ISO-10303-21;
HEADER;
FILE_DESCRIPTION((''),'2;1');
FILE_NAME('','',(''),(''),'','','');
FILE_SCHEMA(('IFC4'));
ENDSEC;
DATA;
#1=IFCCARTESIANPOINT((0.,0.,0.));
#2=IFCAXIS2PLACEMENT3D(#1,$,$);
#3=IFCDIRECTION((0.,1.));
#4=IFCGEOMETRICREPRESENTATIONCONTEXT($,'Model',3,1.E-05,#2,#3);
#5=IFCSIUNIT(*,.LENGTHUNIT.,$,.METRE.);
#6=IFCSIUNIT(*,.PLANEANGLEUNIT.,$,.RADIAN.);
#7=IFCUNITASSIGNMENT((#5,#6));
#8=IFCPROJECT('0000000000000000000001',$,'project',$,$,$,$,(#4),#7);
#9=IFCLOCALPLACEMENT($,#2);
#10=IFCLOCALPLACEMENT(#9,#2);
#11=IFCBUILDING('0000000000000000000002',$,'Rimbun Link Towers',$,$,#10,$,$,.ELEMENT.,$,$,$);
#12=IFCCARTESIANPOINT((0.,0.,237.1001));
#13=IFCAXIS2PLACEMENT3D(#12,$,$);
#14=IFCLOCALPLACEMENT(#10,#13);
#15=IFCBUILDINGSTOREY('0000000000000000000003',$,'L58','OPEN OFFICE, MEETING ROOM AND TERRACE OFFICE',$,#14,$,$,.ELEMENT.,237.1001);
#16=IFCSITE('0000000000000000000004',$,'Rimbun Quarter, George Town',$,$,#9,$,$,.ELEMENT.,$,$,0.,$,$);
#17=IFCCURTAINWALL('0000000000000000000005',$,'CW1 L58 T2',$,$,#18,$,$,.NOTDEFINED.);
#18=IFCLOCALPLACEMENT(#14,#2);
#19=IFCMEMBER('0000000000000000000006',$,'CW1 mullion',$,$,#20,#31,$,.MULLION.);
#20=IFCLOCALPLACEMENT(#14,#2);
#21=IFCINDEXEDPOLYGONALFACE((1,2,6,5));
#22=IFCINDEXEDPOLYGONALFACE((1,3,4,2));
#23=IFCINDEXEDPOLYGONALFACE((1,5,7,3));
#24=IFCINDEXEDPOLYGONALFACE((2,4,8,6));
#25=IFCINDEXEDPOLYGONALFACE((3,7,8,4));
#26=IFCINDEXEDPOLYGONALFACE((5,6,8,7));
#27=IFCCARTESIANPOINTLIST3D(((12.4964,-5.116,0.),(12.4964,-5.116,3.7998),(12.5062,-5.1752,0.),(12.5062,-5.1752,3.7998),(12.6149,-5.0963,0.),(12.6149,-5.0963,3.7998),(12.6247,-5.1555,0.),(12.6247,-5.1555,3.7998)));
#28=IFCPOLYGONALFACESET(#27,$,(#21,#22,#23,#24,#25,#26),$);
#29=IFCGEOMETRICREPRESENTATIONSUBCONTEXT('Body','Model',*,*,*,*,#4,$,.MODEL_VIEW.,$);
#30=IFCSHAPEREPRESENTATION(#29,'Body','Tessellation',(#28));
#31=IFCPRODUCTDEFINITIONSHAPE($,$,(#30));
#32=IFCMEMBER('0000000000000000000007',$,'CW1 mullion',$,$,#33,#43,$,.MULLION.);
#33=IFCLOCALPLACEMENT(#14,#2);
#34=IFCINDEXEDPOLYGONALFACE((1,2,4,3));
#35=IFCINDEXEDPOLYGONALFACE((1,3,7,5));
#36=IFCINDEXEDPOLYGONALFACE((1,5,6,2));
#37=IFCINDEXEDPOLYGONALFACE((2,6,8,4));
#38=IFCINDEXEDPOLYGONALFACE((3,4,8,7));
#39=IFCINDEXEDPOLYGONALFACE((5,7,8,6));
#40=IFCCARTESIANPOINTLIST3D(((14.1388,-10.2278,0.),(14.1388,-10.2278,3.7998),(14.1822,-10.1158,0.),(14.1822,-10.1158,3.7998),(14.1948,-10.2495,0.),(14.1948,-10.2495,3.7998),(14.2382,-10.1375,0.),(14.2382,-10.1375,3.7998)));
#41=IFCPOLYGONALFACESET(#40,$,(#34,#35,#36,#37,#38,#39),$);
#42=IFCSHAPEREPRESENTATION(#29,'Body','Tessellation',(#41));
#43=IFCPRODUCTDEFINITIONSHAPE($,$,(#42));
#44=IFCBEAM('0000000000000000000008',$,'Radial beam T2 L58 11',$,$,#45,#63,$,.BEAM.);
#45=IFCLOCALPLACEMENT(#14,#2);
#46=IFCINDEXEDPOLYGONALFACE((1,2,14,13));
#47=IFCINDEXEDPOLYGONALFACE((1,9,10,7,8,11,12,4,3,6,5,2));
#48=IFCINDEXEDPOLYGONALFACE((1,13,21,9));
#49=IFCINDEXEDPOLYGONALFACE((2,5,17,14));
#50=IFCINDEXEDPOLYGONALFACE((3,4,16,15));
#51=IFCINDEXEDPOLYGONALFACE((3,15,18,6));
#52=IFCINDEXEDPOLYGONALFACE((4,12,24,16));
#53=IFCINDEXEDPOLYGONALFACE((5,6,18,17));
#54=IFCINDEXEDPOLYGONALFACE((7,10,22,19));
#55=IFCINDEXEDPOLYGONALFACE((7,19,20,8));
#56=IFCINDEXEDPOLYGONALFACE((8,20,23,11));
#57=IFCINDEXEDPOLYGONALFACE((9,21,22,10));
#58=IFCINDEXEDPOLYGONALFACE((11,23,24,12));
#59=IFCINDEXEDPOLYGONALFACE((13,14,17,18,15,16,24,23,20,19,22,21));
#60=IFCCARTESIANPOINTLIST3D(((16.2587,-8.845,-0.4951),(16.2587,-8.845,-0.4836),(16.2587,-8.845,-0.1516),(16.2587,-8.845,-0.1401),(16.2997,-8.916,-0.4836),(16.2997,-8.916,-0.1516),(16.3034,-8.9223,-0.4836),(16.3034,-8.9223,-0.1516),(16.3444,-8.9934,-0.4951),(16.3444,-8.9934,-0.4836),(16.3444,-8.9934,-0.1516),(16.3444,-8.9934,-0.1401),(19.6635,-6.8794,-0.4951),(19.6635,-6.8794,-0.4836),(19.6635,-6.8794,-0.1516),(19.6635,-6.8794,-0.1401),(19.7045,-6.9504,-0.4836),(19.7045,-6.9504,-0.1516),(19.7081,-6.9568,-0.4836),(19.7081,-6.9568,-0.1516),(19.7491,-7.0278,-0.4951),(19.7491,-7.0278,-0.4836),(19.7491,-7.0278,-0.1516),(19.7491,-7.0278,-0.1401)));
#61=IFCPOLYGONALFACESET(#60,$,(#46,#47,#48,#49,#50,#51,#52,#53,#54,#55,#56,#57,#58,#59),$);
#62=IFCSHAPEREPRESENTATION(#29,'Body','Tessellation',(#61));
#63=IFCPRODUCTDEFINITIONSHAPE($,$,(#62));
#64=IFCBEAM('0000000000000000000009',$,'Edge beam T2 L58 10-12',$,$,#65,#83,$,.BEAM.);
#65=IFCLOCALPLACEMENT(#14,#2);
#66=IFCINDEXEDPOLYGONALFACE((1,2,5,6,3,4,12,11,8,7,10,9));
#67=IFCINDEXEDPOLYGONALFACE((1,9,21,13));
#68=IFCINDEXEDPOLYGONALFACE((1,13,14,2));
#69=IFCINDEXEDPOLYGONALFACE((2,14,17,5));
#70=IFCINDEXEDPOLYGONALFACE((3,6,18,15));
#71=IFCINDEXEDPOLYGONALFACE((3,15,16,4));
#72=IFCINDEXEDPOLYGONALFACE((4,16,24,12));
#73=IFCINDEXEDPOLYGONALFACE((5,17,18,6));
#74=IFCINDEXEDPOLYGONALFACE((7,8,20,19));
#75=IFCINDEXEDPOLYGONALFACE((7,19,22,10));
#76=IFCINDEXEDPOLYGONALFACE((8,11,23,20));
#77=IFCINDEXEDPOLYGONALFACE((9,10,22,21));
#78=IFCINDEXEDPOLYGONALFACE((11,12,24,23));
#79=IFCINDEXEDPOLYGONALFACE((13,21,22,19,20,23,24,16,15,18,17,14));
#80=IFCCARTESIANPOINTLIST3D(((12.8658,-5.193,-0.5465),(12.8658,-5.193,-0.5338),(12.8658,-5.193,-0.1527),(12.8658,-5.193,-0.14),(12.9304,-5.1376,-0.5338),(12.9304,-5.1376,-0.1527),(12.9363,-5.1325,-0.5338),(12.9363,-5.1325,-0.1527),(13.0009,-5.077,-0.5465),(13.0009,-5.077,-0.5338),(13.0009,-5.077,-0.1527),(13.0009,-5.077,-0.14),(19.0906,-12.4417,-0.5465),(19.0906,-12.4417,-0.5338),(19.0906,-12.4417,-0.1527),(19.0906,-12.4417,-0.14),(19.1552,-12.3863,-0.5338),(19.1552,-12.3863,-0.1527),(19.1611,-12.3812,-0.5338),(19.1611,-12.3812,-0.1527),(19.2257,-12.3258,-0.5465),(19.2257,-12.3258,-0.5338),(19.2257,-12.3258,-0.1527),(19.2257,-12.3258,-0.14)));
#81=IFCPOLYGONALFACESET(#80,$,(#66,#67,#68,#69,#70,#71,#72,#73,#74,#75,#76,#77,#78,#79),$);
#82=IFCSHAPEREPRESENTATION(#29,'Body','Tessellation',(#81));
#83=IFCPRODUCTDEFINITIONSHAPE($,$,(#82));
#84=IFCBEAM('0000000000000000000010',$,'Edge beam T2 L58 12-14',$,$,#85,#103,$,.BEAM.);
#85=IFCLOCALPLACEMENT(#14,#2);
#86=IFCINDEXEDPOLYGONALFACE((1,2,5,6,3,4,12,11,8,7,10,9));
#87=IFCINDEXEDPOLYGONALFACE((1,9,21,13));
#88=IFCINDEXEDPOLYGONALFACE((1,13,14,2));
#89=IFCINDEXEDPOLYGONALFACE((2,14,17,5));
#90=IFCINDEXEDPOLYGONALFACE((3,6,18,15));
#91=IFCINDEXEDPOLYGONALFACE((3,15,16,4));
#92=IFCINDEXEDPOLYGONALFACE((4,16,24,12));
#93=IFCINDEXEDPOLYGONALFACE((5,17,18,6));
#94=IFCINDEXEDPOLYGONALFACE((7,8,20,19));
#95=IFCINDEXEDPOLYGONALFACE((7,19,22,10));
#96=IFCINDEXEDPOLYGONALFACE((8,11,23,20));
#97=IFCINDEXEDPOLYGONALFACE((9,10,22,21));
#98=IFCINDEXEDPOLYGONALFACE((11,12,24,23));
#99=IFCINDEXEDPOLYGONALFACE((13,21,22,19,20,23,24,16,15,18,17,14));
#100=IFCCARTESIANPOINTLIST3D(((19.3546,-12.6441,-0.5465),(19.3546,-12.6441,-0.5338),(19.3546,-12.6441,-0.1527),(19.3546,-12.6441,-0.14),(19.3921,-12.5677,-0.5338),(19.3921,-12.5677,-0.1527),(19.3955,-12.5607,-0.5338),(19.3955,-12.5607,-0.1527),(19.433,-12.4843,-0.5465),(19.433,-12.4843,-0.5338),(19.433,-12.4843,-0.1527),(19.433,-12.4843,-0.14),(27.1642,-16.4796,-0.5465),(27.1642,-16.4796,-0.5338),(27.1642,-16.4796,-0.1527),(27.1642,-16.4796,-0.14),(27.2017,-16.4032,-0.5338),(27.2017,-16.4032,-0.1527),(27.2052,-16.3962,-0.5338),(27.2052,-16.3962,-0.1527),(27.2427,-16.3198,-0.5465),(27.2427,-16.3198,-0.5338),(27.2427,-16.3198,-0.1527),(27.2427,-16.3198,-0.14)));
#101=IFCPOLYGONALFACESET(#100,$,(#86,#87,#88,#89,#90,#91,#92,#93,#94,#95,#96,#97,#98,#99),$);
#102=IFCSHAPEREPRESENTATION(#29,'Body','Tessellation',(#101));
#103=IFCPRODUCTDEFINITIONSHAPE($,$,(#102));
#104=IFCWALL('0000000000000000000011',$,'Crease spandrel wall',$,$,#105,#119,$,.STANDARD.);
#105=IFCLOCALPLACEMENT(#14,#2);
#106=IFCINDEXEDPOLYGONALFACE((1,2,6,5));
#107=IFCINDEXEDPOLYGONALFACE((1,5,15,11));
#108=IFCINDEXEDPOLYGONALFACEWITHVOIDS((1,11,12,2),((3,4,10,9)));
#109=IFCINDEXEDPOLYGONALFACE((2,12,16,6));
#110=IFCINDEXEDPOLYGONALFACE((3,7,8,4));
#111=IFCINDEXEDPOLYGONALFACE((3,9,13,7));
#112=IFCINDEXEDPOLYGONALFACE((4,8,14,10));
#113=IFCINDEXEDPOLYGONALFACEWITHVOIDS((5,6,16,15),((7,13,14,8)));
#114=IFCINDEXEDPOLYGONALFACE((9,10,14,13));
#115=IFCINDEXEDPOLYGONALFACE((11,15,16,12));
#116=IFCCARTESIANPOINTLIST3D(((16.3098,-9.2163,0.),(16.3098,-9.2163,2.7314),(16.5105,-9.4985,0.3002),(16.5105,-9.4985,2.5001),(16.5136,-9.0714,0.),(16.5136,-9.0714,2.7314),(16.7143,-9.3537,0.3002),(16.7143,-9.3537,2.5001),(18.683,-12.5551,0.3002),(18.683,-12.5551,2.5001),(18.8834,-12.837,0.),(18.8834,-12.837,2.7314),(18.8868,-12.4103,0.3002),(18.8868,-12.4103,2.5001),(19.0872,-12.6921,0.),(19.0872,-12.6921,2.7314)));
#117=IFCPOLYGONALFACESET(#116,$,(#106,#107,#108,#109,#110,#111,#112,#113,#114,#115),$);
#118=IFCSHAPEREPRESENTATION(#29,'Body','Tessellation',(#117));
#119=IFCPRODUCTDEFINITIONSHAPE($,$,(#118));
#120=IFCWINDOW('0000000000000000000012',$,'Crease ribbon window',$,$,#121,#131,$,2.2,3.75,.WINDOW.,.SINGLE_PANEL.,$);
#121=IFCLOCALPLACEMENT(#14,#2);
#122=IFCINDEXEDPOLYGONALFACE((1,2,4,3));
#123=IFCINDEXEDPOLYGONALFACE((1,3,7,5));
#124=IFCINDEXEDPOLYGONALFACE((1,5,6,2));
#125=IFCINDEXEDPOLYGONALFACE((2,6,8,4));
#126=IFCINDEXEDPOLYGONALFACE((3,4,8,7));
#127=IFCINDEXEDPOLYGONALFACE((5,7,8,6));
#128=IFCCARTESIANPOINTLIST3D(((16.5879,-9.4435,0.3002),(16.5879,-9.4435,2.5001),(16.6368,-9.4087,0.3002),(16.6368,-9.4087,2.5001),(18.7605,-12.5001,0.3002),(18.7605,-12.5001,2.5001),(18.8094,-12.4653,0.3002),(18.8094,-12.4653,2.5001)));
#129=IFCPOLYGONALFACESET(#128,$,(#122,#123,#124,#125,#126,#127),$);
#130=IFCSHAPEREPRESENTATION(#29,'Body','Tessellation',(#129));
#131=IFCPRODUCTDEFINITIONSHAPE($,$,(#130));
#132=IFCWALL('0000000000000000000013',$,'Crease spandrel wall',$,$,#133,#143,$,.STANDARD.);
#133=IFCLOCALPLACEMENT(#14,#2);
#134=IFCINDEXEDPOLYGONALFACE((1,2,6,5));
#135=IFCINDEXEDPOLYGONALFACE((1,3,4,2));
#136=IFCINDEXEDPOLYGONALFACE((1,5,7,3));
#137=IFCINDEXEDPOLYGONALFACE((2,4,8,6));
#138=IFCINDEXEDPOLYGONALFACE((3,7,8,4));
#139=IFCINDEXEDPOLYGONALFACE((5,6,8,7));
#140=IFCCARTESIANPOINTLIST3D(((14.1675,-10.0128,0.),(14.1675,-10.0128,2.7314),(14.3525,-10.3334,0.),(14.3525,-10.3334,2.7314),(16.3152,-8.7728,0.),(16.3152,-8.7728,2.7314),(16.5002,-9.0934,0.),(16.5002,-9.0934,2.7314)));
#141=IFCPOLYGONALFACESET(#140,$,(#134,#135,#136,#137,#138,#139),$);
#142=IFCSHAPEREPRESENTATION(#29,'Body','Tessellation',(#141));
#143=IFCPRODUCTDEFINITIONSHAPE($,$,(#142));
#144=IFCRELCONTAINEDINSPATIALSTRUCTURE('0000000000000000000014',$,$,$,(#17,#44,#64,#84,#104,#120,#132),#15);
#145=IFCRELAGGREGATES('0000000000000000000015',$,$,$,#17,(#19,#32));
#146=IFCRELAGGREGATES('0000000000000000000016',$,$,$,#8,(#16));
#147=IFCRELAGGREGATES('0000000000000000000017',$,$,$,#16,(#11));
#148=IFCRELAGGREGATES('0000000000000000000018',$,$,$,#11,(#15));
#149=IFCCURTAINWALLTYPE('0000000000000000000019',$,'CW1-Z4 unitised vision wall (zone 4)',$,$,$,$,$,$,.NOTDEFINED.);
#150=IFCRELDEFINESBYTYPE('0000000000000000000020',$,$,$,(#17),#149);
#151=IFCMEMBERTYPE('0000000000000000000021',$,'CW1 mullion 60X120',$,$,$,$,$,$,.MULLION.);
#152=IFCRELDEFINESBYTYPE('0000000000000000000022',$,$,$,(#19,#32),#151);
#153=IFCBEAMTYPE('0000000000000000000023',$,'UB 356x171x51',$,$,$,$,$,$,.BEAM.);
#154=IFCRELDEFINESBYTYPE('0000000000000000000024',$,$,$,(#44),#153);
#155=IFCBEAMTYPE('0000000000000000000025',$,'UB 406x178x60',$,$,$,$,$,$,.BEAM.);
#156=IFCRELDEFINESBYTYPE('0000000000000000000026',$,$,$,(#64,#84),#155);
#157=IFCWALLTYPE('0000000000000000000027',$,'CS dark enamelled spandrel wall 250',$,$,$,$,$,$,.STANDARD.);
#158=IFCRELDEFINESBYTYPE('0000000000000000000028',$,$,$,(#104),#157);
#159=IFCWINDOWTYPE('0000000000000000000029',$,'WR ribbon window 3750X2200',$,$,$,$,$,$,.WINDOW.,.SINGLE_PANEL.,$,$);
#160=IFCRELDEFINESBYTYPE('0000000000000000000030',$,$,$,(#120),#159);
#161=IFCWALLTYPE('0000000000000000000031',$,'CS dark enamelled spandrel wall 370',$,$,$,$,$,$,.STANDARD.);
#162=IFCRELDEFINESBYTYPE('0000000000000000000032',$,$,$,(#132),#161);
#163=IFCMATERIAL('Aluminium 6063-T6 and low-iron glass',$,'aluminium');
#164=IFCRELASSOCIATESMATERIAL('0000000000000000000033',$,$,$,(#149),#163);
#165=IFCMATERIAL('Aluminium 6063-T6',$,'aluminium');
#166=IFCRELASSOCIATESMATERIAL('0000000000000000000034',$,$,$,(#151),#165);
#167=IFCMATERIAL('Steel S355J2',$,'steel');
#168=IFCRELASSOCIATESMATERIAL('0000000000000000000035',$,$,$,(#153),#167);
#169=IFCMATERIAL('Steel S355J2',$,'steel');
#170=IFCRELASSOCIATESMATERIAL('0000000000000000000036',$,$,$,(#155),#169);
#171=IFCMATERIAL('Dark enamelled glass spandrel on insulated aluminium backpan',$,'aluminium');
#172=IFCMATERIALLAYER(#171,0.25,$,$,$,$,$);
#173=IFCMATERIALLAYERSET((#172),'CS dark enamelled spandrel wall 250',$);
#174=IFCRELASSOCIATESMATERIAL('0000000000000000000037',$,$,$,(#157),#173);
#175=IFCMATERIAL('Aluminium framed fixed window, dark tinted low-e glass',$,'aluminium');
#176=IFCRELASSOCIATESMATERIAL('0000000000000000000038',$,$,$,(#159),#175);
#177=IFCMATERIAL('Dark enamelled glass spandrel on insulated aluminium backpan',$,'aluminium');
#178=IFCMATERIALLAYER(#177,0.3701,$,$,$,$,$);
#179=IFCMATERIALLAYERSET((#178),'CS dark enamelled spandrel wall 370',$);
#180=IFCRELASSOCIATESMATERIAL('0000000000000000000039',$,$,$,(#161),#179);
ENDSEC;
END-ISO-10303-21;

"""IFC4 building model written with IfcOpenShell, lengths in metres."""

from ifc_helpers import new_model, si_unit, direction, frame, frame_2d, origin, origin_2d, place, context, subcontext, project, spatial, rectangle, i_section, extrude, material, layer, layer_set, material_profile, profile_set, type_object, element, fill, aggregate, save


model = new_model("IFC4")

# Units and contexts
model_context = context("Model", 3, precision=1e-05, world=origin(), true_north=direction((0.0, 1.0)))
body_context = subcontext(model_context, "Body", "Model", "MODEL_VIEW")
ifc_project = project(units=[si_unit("LENGTHUNIT", "METRE"), si_unit("PLANEANGLEUNIT", "RADIAN")], contexts=[model_context])

# Site, building, storey
site_placement = place(None, origin())
site = spatial("IfcSite", under=ifc_project, at=site_placement, Name="Rimbun Quarter, George Town", CompositionType="ELEMENT", RefElevation=0.0)
building_placement = place(site_placement, origin())
building = spatial("IfcBuilding", under=site, at=building_placement, Name="Rimbun Link Towers", CompositionType="ELEMENT")
storey_placement = place(building_placement, frame((0.0, 0.0, 237.1001)))
storey = spatial("IfcBuildingStorey", under=building, at=storey_placement, Name="L58", Description="OPEN OFFICE, MEETING ROOM AND TERRACE OFFICE", CompositionType="ELEMENT", Elevation=237.1001)

# Curtain wall, members
ifc_material_1 = material(Name="Aluminium 6063-T6 and low-iron glass", Category="aluminium")
curtain_wall_type = type_object("IfcCurtainWallType", Name="CW1-Z4 unitised vision wall (zone 4)", PredefinedType="NOTDEFINED", material=ifc_material_1)
curtain_wall_placement = place(storey_placement, origin())
curtain_wall = element("IfcCurtainWall", 1, at=curtain_wall_placement, inside=storey, type_object=curtain_wall_type, Name="CW1 L58 T2", PredefinedType="NOTDEFINED")
ifc_material_2 = material(Name="Aluminium 6063-T6", Category="aluminium")
ifc_material_profile_1 = material_profile(ifc_material_2, rectangle(XDim=0.1201, YDim=0.0601, at=origin_2d()), Name="MULLION 60X120")
ifc_profile_set_1 = profile_set([ifc_material_profile_1], Name="Aluminium 6063-T6")
member_type_1 = type_object("IfcMemberType", Name="CW1 mullion 60X120", PredefinedType="MULLION", material=ifc_profile_set_1)
member_1_placement = place(storey_placement, frame((12.5605, -5.1357, 0.0), z_axis=(0.0, 0.0, 1.0), x_axis=(-0.986502, -0.163749, 0.0)))
member_1 = element("IfcMember", 2, at=member_1_placement, type_object=member_type_1, Name="CW1 mullion", PredefinedType="MULLION", context=body_context, shape_type="SweptSolid", body=[
    extrude(rectangle(XDim=0.1201, YDim=0.0601, at=origin_2d()), origin(), (0.0, 0.0, 1.0), 3.7998),
])
member_2_placement = place(storey_placement, frame((14.1885, -10.1826, 0.0), z_axis=(0.0, 0.0, 1.0), x_axis=(-0.361275, -0.932459, 0.0)))
member_2 = element("IfcMember", 3, at=member_2_placement, type_object=member_type_1, Name="CW1 mullion", PredefinedType="MULLION", context=body_context, shape_type="SweptSolid", body=[
    extrude(rectangle(XDim=0.1201, YDim=0.0601, at=origin_2d()), origin(), (0.0, 0.0, 1.0), 3.7998),
])
aggregate(curtain_wall, [member_1, member_2])

# Beams
ifc_material_3 = material(Name="Steel S355J2", Category="steel")
ifc_material_profile_2 = material_profile(ifc_material_3, i_section(OverallWidth=0.1714, OverallDepth=0.355, WebThickness=0.0073, FlangeThickness=0.0115, at=origin_2d()), Name="UB 356x171x51")
ifc_profile_set_2 = profile_set([ifc_material_profile_2], Name="Steel S355J2")
beam_type_1 = type_object("IfcBeamType", Name="UB 356x171x51", PredefinedType="BEAM", material=ifc_profile_set_2)
beam_1_placement = place(storey_placement, frame((19.7063, -6.9536, -0.3176), z_axis=(-0.866045, -0.499966, 0.0), x_axis=(0.499966, -0.866045, 0.0)))
element("IfcBeam", 4, at=beam_1_placement, inside=storey, type_object=beam_type_1, Name="Radial beam T2 L58 11", PredefinedType="BEAM", context=body_context, shape_type="SweptSolid", body=[
    extrude(i_section(OverallWidth=0.1714, OverallDepth=0.355, WebThickness=0.0073, FlangeThickness=0.0115, at=origin_2d()), origin(), (0.0, 0.0, 1.0), 3.9314),
])
ifc_material_4 = material(Name="Steel S355J2", Category="steel")
ifc_material_profile_3 = material_profile(ifc_material_4, i_section(OverallWidth=0.178, OverallDepth=0.4065, WebThickness=0.0078, FlangeThickness=0.0127, at=origin_2d()), Name="UB 406x178x60")
ifc_profile_set_3 = profile_set([ifc_material_profile_3], Name="Steel S355J2")
beam_type_2 = type_object("IfcBeamType", Name="UB 406x178x60", PredefinedType="BEAM", material=ifc_profile_set_3)
beam_2_placement = place(storey_placement, frame((12.9333, -5.135, -0.3433), z_axis=(0.651492, -0.758656, 0.0), x_axis=(0.758656, 0.651492, 0.0)))
element("IfcBeam", 5, at=beam_2_placement, inside=storey, type_object=beam_type_2, Name="Edge beam T2 L58 10-12", PredefinedType="BEAM", context=body_context, shape_type="SweptSolid", body=[
    extrude(i_section(OverallWidth=0.178, OverallDepth=0.4065, WebThickness=0.0078, FlangeThickness=0.0127, at=origin_2d()), origin(), (0.0, 0.0, 1.0), 9.5547),
])
beam_3_placement = place(storey_placement, frame((19.3938, -12.5642, -0.3433), z_axis=(0.897592, -0.440827, 0.0), x_axis=(0.440827, 0.897592, 0.0)))
element("IfcBeam", 6, at=beam_3_placement, inside=storey, type_object=beam_type_2, Name="Edge beam T2 L58 12-14", PredefinedType="BEAM", context=body_context, shape_type="SweptSolid", body=[
    extrude(i_section(OverallWidth=0.178, OverallDepth=0.4065, WebThickness=0.0078, FlangeThickness=0.0127, at=origin_2d()), origin(), (0.0, 0.0, 1.0), 8.7007),
])

# Wall, opening, window
ifc_material_5 = material(Name="Dark enamelled glass spandrel on insulated aluminium backpan", Category="aluminium")
ifc_layer_1 = layer(ifc_material_5, 0.25)
ifc_layer_set_1 = layer_set([ifc_layer_1], Name="CS dark enamelled spandrel wall 250")
wall_type_1 = type_object("IfcWallType", Name="CS dark enamelled spandrel wall 250", PredefinedType="STANDARD", material=ifc_layer_set_1)
wall_1_placement = place(storey_placement, frame((18.9854, -12.7646, 0.0), z_axis=(0.0, 0.0, 1.0), x_axis=(-0.579349, 0.815079, 0.0)))
wall_1 = element("IfcWall", 7, at=wall_1_placement, inside=storey, type_object=wall_type_1, Name="Crease spandrel wall", PredefinedType="STANDARD", context=body_context, shape_type="SweptSolid", body=[
    extrude(rectangle(XDim=4.4421, YDim=0.25, at=frame_2d((2.2212, 0.0))), origin(), (0.0, 0.0, 1.0), 2.7314),
])
opening_1_placement = place(wall_1_placement, frame((0.3459, 0.0, 0.3)))
opening_1 = element("IfcOpeningElement", 8, at=opening_1_placement, cuts=wall_1, PredefinedType="OPENING", context=body_context, shape_type="SweptSolid", body=[
    extrude(rectangle(XDim=3.75, YDim=2.2, at=frame_2d((1.875, 1.1001))), frame((0.0, 0.135, 0.0), z_axis=(0.0, -1.0, 0.0), x_axis=(1.0, 0.0, 0.0)), (0.0, 0.0, 1.0), 0.27),
])
ifc_material_6 = material(Name="Aluminium framed fixed window, dark tinted low-e glass", Category="aluminium")
window_type = type_object("IfcWindowType", Name="WR ribbon window 3750X2200", PartitioningType="SINGLE_PANEL", PredefinedType="WINDOW", material=ifc_material_6)
window_placement = place(opening_1_placement, origin())
window = element("IfcWindow", 9, at=window_placement, inside=storey, type_object=window_type, Name="Crease ribbon window", OverallHeight=2.2, OverallWidth=3.75, PartitioningType="SINGLE_PANEL", PredefinedType="WINDOW", context=body_context, shape_type="SweptSolid", body=[
    extrude(rectangle(XDim=3.75, YDim=2.2, at=frame_2d((1.875, 1.1001))), frame((0.0, 0.03, 0.0), z_axis=(0.0, -1.0, 0.0), x_axis=(1.0, 0.0, 0.0)), (0.0, 0.0, 1.0), 0.0601),
])
fill(opening_1, window)

# Wall
ifc_material_7 = material(Name="Dark enamelled glass spandrel on insulated aluminium backpan", Category="aluminium")
ifc_layer_2 = layer(ifc_material_7, 0.3701)
ifc_layer_set_2 = layer_set([ifc_layer_2], Name="CS dark enamelled spandrel wall 370")
wall_type_2 = type_object("IfcWallType", Name="CS dark enamelled spandrel wall 370", PredefinedType="STANDARD", material=ifc_layer_set_2)
wall_2_placement = place(storey_placement, frame((16.4077, -8.9331, 0.0), z_axis=(0.0, 0.0, 1.0), x_axis=(-0.866023, -0.500004, 0.0)))
element("IfcWall", 10, at=wall_2_placement, inside=storey, type_object=wall_type_2, Name="Crease spandrel wall", PredefinedType="STANDARD", context=body_context, shape_type="SweptSolid", body=[
    extrude(rectangle(XDim=2.48, YDim=0.3701, at=frame_2d((1.24, 0.0))), origin(), (0.0, 0.0, 1.0), 2.7314),
])

save(model, "model.ifc")
